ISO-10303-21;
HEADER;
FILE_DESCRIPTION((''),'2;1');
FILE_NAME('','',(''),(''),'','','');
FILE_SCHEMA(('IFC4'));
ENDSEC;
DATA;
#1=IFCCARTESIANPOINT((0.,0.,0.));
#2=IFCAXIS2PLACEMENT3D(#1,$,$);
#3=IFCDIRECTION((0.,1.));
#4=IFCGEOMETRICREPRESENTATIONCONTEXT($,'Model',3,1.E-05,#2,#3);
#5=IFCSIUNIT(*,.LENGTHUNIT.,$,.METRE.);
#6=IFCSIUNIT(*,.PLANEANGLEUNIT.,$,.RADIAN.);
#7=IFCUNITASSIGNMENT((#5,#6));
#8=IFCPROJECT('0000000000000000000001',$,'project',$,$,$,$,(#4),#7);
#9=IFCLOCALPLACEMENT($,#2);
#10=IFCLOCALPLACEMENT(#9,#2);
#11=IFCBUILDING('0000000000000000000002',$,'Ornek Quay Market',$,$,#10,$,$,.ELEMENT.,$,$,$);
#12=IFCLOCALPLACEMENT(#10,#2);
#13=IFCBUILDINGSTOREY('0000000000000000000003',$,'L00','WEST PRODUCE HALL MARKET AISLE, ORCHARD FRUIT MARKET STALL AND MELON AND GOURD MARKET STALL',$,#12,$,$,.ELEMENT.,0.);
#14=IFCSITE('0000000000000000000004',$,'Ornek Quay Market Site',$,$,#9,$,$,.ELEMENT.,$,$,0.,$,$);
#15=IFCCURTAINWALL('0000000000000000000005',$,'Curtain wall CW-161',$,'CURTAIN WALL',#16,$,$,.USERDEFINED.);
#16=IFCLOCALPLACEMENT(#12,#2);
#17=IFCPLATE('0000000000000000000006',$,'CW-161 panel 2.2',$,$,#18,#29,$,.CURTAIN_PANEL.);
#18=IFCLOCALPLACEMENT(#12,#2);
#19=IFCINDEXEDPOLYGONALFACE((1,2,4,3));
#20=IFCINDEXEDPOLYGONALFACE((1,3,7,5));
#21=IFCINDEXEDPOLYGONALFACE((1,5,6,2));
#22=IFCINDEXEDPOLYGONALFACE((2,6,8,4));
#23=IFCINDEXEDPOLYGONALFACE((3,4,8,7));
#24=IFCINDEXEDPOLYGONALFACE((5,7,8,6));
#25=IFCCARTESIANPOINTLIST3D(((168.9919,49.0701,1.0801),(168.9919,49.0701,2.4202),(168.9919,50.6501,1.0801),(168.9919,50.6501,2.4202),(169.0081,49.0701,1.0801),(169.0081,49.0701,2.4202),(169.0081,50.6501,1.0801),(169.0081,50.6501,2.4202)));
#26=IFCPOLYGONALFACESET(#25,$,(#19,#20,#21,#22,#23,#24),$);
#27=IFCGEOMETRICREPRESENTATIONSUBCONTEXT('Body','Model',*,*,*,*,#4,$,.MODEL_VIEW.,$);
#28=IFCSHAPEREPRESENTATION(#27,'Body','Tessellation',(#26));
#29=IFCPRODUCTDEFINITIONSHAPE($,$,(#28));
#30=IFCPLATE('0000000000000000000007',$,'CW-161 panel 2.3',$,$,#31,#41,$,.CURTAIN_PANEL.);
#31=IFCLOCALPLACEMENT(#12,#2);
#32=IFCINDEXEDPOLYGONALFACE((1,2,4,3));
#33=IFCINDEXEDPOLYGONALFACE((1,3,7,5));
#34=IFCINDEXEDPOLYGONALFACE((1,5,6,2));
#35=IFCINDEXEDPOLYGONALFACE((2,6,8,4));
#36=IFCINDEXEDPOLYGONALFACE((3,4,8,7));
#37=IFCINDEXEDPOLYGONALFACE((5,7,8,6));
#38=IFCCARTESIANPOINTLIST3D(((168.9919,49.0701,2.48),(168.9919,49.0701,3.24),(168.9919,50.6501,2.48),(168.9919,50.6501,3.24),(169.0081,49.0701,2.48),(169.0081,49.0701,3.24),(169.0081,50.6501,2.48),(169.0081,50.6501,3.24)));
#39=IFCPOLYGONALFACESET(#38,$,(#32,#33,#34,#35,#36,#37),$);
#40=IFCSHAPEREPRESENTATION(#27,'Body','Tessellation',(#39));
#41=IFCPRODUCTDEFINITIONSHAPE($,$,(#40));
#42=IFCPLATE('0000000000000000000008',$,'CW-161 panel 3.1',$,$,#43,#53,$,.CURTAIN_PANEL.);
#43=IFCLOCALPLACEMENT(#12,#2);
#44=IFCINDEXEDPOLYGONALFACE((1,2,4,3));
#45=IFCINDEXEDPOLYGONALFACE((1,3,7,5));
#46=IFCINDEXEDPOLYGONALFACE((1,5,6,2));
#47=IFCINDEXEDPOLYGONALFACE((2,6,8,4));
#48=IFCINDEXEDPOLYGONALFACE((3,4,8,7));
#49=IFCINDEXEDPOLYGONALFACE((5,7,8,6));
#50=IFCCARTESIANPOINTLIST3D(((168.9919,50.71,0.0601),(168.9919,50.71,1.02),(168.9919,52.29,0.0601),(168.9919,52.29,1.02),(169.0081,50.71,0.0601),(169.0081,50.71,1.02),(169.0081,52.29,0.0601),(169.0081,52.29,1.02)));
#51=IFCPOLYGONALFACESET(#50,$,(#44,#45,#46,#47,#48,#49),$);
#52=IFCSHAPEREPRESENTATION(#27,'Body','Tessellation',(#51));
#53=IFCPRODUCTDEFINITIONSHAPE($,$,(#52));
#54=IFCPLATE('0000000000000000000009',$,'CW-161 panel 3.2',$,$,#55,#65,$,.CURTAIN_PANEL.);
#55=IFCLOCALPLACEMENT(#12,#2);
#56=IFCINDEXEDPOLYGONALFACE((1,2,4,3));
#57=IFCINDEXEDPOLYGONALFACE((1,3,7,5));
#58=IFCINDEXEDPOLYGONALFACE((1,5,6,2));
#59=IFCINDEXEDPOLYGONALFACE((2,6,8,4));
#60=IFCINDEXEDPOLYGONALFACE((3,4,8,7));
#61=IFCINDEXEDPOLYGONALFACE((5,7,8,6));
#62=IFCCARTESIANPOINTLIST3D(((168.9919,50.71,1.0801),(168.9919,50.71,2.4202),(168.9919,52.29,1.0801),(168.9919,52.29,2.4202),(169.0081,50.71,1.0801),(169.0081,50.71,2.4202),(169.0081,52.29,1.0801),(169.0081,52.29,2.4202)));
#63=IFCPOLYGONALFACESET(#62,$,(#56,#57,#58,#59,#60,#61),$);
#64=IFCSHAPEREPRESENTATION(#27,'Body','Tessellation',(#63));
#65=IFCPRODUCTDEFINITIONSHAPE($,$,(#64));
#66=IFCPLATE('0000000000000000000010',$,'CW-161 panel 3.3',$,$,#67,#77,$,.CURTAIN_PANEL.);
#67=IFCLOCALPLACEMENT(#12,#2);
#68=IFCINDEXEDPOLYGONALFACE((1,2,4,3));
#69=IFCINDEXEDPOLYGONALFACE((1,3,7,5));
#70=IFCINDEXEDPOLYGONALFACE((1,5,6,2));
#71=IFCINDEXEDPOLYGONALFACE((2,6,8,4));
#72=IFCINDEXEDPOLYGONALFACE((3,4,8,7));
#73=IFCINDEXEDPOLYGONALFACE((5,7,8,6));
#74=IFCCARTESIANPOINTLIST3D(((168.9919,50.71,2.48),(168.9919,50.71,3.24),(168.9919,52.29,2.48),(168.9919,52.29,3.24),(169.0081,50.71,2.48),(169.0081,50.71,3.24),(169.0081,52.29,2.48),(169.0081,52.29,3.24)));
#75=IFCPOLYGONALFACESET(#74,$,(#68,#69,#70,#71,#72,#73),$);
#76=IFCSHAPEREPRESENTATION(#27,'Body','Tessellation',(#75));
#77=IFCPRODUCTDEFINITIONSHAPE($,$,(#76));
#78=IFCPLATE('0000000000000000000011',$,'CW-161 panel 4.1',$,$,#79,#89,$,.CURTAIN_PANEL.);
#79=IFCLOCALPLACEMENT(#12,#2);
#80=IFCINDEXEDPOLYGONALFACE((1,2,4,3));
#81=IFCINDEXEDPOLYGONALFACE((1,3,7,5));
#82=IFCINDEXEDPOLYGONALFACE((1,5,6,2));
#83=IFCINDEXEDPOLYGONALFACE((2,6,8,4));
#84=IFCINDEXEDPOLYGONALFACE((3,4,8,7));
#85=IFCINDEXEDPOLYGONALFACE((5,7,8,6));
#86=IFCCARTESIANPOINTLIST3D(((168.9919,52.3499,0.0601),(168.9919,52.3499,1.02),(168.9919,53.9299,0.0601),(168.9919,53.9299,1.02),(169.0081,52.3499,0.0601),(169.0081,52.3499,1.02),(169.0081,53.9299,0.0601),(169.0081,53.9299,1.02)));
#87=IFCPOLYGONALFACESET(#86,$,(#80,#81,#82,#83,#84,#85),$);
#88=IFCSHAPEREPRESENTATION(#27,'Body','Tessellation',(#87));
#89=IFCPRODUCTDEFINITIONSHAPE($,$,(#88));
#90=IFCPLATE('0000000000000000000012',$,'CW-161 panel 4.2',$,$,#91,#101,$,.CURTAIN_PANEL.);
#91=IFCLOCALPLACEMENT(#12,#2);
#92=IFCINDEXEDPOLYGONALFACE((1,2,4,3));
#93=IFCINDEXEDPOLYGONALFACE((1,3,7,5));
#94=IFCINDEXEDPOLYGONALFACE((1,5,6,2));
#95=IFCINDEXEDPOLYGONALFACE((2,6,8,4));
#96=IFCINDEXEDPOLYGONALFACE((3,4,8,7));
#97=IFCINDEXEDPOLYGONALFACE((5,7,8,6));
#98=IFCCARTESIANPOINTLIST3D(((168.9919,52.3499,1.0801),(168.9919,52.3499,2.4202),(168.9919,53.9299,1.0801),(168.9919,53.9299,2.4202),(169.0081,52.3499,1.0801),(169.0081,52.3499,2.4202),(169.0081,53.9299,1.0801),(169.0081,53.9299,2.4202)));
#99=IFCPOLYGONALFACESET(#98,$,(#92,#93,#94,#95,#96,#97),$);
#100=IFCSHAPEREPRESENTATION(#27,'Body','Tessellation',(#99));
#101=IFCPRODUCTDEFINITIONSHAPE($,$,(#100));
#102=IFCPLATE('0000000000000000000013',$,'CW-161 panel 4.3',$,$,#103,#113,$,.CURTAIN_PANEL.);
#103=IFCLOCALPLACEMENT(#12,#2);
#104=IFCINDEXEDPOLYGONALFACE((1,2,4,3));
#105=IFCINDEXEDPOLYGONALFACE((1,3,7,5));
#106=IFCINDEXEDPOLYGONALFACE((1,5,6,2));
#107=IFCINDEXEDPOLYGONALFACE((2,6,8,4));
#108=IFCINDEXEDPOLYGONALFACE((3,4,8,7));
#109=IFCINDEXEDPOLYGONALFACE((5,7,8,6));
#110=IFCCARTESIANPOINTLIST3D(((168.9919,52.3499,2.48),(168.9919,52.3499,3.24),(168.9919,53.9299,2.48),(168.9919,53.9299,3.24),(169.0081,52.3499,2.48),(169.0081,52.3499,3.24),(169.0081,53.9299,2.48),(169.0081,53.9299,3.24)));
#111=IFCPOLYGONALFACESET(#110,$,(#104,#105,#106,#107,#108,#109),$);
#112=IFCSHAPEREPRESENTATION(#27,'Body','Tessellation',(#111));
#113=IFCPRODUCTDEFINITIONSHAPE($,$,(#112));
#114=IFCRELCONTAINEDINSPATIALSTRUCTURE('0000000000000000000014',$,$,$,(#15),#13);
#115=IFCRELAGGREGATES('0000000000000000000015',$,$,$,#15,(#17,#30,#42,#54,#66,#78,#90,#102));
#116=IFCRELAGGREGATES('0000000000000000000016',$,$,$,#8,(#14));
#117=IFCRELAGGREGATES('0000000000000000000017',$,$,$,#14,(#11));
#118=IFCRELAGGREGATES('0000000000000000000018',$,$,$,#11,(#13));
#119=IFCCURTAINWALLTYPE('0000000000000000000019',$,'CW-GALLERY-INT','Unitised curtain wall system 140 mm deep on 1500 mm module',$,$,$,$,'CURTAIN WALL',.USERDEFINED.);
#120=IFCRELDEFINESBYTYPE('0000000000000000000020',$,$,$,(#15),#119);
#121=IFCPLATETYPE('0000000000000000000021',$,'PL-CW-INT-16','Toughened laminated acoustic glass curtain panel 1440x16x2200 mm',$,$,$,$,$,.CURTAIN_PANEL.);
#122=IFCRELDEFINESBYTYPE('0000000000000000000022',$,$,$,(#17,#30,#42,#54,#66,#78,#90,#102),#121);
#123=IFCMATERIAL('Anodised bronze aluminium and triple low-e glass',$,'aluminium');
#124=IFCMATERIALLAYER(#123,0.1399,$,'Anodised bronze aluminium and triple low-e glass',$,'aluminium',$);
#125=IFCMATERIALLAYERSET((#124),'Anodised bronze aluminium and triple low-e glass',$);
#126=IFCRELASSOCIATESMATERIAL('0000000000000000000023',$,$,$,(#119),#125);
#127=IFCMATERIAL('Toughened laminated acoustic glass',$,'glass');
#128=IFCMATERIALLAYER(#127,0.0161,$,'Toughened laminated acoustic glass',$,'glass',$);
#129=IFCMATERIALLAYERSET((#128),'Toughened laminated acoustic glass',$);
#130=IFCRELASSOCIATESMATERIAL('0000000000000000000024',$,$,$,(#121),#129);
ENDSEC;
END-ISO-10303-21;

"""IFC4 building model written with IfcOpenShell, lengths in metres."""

from ifc_helpers import new_model, si_unit, direction, frame, origin, origin_2d, place, context, subcontext, project, spatial, rectangle, extrude, material, layer, layer_set, type_object, element, aggregate, save


model = new_model("IFC4")

# Units and contexts
model_context = context("Model", 3, precision=1e-05, world=origin(), true_north=direction((0.0, 1.0)))
body_context = subcontext(model_context, "Body", "Model", "MODEL_VIEW")
ifc_project = project(units=[si_unit("LENGTHUNIT", "METRE"), si_unit("PLANEANGLEUNIT", "RADIAN")], contexts=[model_context])

# Site, building, storey
site_placement = place(None, origin())
site = spatial("IfcSite", under=ifc_project, at=site_placement, Name="Ornek Quay Market Site", CompositionType="ELEMENT", RefElevation=0.0)
building_placement = place(site_placement, origin())
building = spatial("IfcBuilding", under=site, at=building_placement, Name="Ornek Quay Market", CompositionType="ELEMENT")
storey_placement = place(building_placement, origin())
storey = spatial("IfcBuildingStorey", under=building, at=storey_placement, Name="L00", Description="WEST PRODUCE HALL MARKET AISLE, ORCHARD FRUIT MARKET STALL AND MELON AND GOURD MARKET STALL", CompositionType="ELEMENT", Elevation=0.0)

# Curtain wall, plates
ifc_material_1 = material(Name="Anodised bronze aluminium and triple low-e glass", Category="aluminium")
ifc_layer_1 = layer(ifc_material_1, 0.1399, Name="Anodised bronze aluminium and triple low-e glass", Category="aluminium")
ifc_layer_set_1 = layer_set([ifc_layer_1], Name="Anodised bronze aluminium and triple low-e glass")
curtain_wall_type = type_object("IfcCurtainWallType", Name="CW-GALLERY-INT", Description="Unitised curtain wall system 140 mm deep on 1500 mm module", ElementType="CURTAIN WALL", PredefinedType="USERDEFINED", material=ifc_layer_set_1)
curtain_wall_placement = place(storey_placement, origin())
curtain_wall = element("IfcCurtainWall", 1, at=curtain_wall_placement, inside=storey, type_object=curtain_wall_type, Name="Curtain wall CW-161", ObjectType="CURTAIN WALL", PredefinedType="USERDEFINED")
ifc_material_2 = material(Name="Toughened laminated acoustic glass", Category="glass")
ifc_layer_2 = layer(ifc_material_2, 0.0161, Name="Toughened laminated acoustic glass", Category="glass")
ifc_layer_set_2 = layer_set([ifc_layer_2], Name="Toughened laminated acoustic glass")
plate_type = type_object("IfcPlateType", Name="PL-CW-INT-16", Description="Toughened laminated acoustic glass curtain panel 1440x16x2200 mm", PredefinedType="CURTAIN_PANEL", material=ifc_layer_set_2)
plate_1_placement = place(storey_placement, frame((169.0, 49.8601, 1.0801), z_axis=(0.0, 0.0, 1.0), x_axis=(0.0, 1.0, 0.0)))
plate_1 = element("IfcPlate", 2, at=plate_1_placement, type_object=plate_type, Name="CW-161 panel 2.2", PredefinedType="CURTAIN_PANEL", context=body_context, shape_type="SweptSolid", body=[
    extrude(rectangle(XDim=1.5801, YDim=0.0161, at=origin_2d()), origin(), (0.0, 0.0, 1.0), 1.3401),
])
plate_2_placement = place(storey_placement, frame((169.0, 49.8601, 2.48), z_axis=(0.0, 0.0, 1.0), x_axis=(0.0, 1.0, 0.0)))
plate_2 = element("IfcPlate", 3, at=plate_2_placement, type_object=plate_type, Name="CW-161 panel 2.3", PredefinedType="CURTAIN_PANEL", context=body_context, shape_type="SweptSolid", body=[
    extrude(rectangle(XDim=1.5801, YDim=0.0161, at=origin_2d()), origin(), (0.0, 0.0, 1.0), 0.76),
])
plate_3_placement = place(storey_placement, frame((169.0, 51.5, 0.0601), z_axis=(0.0, 0.0, 1.0), x_axis=(0.0, 1.0, 0.0)))
plate_3 = element("IfcPlate", 4, at=plate_3_placement, type_object=plate_type, Name="CW-161 panel 3.1", PredefinedType="CURTAIN_PANEL", context=body_context, shape_type="SweptSolid", body=[
    extrude(rectangle(XDim=1.5801, YDim=0.0161, at=origin_2d()), origin(), (0.0, 0.0, 1.0), 0.96),
])
plate_4_placement = place(storey_placement, frame((169.0, 51.5, 1.0801), z_axis=(0.0, 0.0, 1.0), x_axis=(0.0, 1.0, 0.0)))
plate_4 = element("IfcPlate", 5, at=plate_4_placement, type_object=plate_type, Name="CW-161 panel 3.2", PredefinedType="CURTAIN_PANEL", context=body_context, shape_type="SweptSolid", body=[
    extrude(rectangle(XDim=1.5801, YDim=0.0161, at=origin_2d()), origin(), (0.0, 0.0, 1.0), 1.3401),
])
plate_5_placement = place(storey_placement, frame((169.0, 51.5, 2.48), z_axis=(0.0, 0.0, 1.0), x_axis=(0.0, 1.0, 0.0)))
plate_5 = element("IfcPlate", 6, at=plate_5_placement, type_object=plate_type, Name="CW-161 panel 3.3", PredefinedType="CURTAIN_PANEL", context=body_context, shape_type="SweptSolid", body=[
    extrude(rectangle(XDim=1.5801, YDim=0.0161, at=origin_2d()), origin(), (0.0, 0.0, 1.0), 0.76),
])
plate_6_placement = place(storey_placement, frame((169.0, 53.1399, 0.0601), z_axis=(0.0, 0.0, 1.0), x_axis=(0.0, 1.0, 0.0)))
plate_6 = element("IfcPlate", 7, at=plate_6_placement, type_object=plate_type, Name="CW-161 panel 4.1", PredefinedType="CURTAIN_PANEL", context=body_context, shape_type="SweptSolid", body=[
    extrude(rectangle(XDim=1.5801, YDim=0.0161, at=origin_2d()), origin(), (0.0, 0.0, 1.0), 0.96),
])
plate_7_placement = place(storey_placement, frame((169.0, 53.1399, 1.0801), z_axis=(0.0, 0.0, 1.0), x_axis=(0.0, 1.0, 0.0)))
plate_7 = element("IfcPlate", 8, at=plate_7_placement, type_object=plate_type, Name="CW-161 panel 4.2", PredefinedType="CURTAIN_PANEL", context=body_context, shape_type="SweptSolid", body=[
    extrude(rectangle(XDim=1.5801, YDim=0.0161, at=origin_2d()), origin(), (0.0, 0.0, 1.0), 1.3401),
])
plate_8_placement = place(storey_placement, frame((169.0, 53.1399, 2.48), z_axis=(0.0, 0.0, 1.0), x_axis=(0.0, 1.0, 0.0)))
plate_8 = element("IfcPlate", 9, at=plate_8_placement, type_object=plate_type, Name="CW-161 panel 4.3", PredefinedType="CURTAIN_PANEL", context=body_context, shape_type="SweptSolid", body=[
    extrude(rectangle(XDim=1.5801, YDim=0.0161, at=origin_2d()), origin(), (0.0, 0.0, 1.0), 0.76),
])
aggregate(curtain_wall, [plate_1, plate_2, plate_3, plate_4, plate_5, plate_6, plate_7, plate_8])

save(model, "model.ifc")
